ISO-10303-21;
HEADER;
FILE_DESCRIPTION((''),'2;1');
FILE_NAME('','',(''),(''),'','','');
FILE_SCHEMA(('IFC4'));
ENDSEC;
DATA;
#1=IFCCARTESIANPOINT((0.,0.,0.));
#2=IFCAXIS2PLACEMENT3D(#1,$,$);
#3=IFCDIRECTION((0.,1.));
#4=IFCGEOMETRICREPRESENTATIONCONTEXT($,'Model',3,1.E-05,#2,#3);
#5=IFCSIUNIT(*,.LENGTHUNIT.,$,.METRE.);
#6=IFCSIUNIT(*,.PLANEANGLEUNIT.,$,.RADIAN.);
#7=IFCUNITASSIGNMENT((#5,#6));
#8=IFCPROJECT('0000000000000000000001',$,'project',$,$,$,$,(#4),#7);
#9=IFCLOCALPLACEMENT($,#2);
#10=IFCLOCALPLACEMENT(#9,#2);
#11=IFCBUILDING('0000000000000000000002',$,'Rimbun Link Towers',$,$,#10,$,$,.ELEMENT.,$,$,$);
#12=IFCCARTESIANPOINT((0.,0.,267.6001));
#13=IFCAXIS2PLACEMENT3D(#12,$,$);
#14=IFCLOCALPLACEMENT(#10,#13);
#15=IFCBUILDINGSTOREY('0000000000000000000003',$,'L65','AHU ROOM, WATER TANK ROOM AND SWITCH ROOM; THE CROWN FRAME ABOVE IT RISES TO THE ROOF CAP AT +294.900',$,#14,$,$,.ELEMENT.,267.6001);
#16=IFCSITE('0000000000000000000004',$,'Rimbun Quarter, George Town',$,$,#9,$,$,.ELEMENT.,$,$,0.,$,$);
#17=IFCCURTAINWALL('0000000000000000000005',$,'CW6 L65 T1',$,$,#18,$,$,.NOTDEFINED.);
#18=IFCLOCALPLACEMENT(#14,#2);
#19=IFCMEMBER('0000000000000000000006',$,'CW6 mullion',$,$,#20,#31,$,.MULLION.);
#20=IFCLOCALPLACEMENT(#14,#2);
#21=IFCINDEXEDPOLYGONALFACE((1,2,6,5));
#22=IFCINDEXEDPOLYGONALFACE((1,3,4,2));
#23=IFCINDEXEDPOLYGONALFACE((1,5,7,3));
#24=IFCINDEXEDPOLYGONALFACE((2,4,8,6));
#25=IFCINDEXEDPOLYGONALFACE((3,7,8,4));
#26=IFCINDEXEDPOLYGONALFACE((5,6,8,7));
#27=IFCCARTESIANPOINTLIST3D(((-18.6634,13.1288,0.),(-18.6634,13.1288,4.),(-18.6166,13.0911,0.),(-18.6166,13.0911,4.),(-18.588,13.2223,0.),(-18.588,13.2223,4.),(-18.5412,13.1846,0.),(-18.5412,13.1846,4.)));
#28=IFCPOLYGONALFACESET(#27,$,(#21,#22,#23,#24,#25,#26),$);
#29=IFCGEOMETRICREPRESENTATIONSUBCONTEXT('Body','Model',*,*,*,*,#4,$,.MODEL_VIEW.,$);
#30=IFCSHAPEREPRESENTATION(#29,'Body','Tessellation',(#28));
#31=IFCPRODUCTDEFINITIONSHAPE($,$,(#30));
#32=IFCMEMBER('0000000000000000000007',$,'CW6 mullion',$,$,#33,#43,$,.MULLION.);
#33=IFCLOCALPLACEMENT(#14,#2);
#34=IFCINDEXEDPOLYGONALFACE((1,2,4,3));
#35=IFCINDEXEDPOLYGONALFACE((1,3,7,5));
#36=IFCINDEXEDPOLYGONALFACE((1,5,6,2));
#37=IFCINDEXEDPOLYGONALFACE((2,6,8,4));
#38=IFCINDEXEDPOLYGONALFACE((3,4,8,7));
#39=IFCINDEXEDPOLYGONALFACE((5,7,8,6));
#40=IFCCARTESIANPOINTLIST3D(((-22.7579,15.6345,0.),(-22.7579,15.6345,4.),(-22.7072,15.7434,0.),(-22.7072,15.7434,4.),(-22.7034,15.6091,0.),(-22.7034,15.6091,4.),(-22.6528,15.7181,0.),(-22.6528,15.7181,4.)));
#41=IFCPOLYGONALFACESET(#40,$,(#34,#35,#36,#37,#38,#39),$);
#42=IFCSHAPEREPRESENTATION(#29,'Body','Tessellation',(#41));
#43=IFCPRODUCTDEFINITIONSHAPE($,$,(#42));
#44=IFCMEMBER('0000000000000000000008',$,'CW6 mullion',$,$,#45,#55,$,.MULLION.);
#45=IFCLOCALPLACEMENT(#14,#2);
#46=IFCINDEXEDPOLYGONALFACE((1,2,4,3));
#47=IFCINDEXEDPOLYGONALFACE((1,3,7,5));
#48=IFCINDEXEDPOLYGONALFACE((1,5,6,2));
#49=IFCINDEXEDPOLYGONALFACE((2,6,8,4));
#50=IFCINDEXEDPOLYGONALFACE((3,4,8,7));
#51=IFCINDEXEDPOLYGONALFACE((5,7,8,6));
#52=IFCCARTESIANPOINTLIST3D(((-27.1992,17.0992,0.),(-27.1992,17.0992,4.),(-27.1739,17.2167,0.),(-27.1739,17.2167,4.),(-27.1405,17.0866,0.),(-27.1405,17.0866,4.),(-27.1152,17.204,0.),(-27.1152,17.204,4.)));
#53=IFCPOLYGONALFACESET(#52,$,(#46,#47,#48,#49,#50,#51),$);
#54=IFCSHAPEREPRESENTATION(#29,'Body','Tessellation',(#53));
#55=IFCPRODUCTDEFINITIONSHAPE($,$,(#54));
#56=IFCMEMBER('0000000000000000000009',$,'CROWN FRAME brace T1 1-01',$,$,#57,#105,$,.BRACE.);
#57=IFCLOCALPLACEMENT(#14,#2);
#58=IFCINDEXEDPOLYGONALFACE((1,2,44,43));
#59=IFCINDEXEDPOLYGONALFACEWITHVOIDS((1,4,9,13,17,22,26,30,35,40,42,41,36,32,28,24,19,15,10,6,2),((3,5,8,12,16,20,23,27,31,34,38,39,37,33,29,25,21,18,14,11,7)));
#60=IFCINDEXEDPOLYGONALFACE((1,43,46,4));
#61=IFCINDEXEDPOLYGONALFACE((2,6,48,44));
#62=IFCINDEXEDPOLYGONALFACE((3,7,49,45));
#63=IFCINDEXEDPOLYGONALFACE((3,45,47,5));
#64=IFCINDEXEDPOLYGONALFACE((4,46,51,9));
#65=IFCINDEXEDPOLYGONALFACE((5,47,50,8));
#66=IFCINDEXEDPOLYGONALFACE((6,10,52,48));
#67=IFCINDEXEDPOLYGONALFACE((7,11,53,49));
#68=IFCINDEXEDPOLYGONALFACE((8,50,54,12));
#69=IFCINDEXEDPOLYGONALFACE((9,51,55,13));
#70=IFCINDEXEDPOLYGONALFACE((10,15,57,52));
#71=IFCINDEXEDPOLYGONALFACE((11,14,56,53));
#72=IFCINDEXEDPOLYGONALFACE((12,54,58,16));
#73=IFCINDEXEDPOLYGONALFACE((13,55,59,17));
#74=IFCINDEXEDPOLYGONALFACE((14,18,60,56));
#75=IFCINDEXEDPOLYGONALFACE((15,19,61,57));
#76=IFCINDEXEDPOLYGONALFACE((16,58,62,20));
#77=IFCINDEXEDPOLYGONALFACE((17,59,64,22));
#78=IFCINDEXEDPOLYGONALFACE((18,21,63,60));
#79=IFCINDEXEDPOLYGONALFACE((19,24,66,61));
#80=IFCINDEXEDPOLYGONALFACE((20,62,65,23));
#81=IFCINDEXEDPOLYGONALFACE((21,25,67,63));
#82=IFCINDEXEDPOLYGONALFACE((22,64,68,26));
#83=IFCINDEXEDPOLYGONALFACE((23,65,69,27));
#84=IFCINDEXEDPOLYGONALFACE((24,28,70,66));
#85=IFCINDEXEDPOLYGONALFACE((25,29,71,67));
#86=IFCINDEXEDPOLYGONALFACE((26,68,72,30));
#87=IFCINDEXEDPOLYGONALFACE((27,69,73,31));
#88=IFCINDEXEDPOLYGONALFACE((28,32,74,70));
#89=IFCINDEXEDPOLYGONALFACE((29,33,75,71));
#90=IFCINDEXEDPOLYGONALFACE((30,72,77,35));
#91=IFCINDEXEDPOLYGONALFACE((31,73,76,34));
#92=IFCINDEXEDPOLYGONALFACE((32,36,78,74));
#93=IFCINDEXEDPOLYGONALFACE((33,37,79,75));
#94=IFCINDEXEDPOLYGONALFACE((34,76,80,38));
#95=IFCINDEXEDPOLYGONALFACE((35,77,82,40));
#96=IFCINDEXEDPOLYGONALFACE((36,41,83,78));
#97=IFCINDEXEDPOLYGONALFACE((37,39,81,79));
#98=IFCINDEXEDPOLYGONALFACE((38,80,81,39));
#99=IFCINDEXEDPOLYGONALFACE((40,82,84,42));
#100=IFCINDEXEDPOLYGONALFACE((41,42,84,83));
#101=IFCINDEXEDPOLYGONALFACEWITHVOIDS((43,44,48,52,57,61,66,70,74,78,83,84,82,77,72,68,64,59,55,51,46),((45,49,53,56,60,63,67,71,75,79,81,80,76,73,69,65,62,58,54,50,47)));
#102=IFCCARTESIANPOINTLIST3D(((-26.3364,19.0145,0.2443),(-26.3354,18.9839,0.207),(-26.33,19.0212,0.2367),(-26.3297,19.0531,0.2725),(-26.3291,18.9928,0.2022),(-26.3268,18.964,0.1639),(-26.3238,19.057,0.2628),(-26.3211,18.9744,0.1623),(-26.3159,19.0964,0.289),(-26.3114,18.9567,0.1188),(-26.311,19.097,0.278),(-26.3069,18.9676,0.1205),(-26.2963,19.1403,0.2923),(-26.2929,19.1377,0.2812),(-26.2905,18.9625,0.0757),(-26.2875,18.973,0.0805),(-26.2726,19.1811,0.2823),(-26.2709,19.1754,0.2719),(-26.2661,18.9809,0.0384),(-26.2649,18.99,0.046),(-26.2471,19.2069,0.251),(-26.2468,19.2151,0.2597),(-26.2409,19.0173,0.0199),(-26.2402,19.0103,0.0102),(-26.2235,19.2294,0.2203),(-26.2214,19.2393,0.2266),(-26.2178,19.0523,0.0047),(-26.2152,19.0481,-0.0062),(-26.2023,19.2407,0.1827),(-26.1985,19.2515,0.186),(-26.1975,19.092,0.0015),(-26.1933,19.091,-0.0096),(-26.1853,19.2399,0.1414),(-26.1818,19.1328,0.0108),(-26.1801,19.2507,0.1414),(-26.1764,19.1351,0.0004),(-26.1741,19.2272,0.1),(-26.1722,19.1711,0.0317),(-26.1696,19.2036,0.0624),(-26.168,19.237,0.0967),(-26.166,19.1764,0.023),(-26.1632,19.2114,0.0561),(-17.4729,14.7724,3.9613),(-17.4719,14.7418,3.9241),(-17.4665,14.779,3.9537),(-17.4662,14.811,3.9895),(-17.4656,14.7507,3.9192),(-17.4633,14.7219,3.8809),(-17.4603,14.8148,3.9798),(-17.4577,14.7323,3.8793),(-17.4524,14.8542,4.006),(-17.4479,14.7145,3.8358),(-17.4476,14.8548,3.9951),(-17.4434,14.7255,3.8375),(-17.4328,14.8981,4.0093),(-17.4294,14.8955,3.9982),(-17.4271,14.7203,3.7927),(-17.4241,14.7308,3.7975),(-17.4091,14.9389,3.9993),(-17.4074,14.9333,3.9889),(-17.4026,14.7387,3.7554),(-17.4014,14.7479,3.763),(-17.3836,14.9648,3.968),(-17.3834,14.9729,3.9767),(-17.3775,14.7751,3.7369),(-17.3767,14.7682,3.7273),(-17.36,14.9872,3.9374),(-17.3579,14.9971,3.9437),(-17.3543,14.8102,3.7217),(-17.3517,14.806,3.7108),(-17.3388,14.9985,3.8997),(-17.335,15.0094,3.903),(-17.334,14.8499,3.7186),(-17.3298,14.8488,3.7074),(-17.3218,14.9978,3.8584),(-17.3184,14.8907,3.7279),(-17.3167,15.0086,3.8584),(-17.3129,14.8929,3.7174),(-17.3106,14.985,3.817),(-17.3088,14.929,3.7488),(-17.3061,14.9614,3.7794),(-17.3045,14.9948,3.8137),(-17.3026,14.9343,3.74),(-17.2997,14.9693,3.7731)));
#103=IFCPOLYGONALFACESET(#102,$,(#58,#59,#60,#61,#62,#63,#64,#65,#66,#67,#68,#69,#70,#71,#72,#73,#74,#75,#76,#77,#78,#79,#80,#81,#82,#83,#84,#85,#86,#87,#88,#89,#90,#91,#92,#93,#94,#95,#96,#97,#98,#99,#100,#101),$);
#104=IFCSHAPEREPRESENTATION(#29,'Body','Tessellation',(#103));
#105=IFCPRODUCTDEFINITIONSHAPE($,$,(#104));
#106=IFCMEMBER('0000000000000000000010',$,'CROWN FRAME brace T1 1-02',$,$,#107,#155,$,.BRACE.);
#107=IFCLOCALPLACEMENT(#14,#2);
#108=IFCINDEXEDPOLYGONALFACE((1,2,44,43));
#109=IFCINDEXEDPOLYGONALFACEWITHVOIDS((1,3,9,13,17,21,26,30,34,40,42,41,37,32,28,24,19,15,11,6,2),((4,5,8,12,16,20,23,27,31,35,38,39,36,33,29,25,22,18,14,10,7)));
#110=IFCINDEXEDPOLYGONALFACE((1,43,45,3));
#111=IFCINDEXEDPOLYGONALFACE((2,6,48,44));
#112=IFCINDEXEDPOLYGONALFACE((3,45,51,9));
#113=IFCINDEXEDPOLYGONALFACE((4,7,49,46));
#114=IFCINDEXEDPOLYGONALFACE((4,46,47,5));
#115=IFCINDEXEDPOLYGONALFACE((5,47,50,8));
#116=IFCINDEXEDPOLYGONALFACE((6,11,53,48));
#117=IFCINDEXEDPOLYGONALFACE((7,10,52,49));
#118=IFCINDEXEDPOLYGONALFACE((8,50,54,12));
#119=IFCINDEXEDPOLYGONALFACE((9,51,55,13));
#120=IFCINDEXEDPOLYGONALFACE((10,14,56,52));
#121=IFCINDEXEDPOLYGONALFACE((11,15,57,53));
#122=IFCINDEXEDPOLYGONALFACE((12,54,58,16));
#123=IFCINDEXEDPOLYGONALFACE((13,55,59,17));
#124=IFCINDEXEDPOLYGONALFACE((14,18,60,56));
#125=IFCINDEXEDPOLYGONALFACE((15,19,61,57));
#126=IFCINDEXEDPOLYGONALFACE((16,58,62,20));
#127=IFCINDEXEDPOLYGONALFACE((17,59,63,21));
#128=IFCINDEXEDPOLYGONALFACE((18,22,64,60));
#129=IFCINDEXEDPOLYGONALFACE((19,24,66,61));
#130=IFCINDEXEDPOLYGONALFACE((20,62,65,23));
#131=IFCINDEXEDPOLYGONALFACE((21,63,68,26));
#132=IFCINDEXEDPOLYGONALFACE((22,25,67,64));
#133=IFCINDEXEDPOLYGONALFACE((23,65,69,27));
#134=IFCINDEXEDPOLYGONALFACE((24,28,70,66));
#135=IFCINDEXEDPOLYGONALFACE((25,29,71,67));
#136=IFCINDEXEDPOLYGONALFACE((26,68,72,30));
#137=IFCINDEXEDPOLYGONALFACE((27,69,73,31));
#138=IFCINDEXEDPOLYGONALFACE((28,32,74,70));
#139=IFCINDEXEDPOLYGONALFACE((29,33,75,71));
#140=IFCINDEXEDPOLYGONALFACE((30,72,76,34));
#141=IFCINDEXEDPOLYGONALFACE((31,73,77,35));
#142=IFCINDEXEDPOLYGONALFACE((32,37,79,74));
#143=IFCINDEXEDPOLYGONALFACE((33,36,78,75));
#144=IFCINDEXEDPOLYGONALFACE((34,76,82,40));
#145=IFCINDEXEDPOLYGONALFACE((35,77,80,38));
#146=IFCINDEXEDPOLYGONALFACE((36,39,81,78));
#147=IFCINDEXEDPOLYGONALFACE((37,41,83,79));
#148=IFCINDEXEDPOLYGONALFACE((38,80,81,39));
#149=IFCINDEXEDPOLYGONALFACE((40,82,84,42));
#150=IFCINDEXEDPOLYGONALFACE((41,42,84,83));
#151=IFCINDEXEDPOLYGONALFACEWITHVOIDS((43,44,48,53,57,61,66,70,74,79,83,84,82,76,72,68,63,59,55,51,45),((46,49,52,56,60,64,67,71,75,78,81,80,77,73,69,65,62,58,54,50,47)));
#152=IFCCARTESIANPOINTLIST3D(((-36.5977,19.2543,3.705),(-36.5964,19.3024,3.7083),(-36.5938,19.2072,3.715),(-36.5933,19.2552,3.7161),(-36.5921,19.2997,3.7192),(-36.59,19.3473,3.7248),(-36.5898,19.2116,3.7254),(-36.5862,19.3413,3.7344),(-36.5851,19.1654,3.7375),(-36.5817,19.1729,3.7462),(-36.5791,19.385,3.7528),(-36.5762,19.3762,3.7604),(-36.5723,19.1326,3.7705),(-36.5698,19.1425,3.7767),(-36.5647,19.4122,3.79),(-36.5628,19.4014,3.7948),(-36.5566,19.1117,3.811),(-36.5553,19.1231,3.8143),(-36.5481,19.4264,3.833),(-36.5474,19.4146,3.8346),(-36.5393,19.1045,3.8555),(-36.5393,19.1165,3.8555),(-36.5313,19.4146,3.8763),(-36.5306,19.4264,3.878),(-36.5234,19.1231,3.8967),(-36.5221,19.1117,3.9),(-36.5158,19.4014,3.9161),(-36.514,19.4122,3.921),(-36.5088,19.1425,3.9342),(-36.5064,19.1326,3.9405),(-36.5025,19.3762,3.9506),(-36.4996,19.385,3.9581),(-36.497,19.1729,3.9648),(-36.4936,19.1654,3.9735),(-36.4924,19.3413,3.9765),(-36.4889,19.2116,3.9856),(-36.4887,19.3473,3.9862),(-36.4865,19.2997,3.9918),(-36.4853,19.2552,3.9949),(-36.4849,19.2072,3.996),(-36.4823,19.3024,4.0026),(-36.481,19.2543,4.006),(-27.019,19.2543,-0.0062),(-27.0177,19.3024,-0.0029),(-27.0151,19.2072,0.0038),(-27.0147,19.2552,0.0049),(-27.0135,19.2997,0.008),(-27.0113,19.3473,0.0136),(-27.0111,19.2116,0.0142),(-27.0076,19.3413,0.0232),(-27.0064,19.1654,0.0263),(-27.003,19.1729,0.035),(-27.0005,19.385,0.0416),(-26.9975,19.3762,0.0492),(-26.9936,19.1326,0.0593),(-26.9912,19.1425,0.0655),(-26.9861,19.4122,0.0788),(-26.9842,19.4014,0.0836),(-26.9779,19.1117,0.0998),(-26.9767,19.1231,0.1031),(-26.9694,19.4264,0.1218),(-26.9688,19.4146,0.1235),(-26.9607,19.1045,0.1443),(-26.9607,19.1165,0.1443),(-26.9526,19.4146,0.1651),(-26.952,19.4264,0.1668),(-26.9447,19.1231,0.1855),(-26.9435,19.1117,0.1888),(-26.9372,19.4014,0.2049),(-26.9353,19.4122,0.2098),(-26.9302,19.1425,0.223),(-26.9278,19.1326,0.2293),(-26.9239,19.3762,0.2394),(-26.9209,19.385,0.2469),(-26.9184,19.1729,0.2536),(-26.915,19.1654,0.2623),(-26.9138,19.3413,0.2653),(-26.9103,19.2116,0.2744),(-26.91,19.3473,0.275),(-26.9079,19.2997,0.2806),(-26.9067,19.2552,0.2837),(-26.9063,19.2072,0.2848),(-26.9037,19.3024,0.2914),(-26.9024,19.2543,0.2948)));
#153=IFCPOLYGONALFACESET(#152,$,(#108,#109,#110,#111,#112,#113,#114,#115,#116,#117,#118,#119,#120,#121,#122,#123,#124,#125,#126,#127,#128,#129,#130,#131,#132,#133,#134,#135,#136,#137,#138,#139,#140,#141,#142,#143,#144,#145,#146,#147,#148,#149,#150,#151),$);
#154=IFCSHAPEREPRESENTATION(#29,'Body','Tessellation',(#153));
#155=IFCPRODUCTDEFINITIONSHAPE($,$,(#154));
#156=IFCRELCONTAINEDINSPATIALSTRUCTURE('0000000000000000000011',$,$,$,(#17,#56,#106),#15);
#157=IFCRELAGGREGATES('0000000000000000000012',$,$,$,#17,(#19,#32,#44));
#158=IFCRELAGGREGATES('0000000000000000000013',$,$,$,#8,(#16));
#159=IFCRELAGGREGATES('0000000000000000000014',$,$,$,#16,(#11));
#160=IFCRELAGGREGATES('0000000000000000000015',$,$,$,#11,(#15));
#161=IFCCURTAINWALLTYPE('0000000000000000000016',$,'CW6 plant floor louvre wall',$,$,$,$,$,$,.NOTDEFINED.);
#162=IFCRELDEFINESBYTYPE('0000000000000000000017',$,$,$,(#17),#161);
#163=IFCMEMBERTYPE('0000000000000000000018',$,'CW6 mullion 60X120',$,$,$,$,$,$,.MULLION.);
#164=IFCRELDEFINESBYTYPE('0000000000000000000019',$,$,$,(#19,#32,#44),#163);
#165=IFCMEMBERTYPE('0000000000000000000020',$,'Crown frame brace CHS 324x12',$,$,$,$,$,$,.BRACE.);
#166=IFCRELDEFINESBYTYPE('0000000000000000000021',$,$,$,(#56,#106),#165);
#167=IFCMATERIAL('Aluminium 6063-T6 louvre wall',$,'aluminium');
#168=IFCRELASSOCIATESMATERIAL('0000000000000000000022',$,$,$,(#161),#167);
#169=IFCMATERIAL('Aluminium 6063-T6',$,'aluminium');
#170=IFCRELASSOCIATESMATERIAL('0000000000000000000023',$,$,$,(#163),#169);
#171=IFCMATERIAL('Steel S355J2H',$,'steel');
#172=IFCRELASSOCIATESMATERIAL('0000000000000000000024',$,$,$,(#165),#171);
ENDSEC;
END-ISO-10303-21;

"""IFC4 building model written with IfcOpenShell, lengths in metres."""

from ifc_helpers import new_model, si_unit, direction, frame, origin, origin_2d, place, context, subcontext, project, spatial, rectangle, hollow_circle, extrude, material, material_profile, profile_set, type_object, element, aggregate, save


model = new_model("IFC4")

# Units and contexts
model_context = context("Model", 3, precision=1e-05, world=origin(), true_north=direction((0.0, 1.0)))
body_context = subcontext(model_context, "Body", "Model", "MODEL_VIEW")
ifc_project = project(units=[si_unit("LENGTHUNIT", "METRE"), si_unit("PLANEANGLEUNIT", "RADIAN")], contexts=[model_context])

# Site, building, storey
site_placement = place(None, origin())
site = spatial("IfcSite", under=ifc_project, at=site_placement, Name="Rimbun Quarter, George Town", CompositionType="ELEMENT", RefElevation=0.0)
building_placement = place(site_placement, origin())
building = spatial("IfcBuilding", under=site, at=building_placement, Name="Rimbun Link Towers", CompositionType="ELEMENT")
storey_placement = place(building_placement, frame((0.0, 0.0, 267.6001)))
storey = spatial("IfcBuildingStorey", under=building, at=storey_placement, Name="L65", Description="AHU ROOM, WATER TANK ROOM AND SWITCH ROOM; THE CROWN FRAME ABOVE IT RISES TO THE ROOF CAP AT +294.900", CompositionType="ELEMENT", Elevation=267.6001)

# Curtain wall, members
ifc_material_1 = material(Name="Aluminium 6063-T6 louvre wall", Category="aluminium")
curtain_wall_type = type_object("IfcCurtainWallType", Name="CW6 plant floor louvre wall", PredefinedType="NOTDEFINED", material=ifc_material_1)
curtain_wall_placement = place(storey_placement, origin())
curtain_wall = element("IfcCurtainWall", 1, at=curtain_wall_placement, inside=storey, type_object=curtain_wall_type, Name="CW6 L65 T1", PredefinedType="NOTDEFINED")
ifc_material_2 = material(Name="Aluminium 6063-T6", Category="aluminium")
ifc_material_profile_1 = material_profile(ifc_material_2, rectangle(XDim=0.1201, YDim=0.0601, at=origin_2d()), Name="MULLION 60X120")
ifc_profile_set_1 = profile_set([ifc_material_profile_1], Name="Aluminium 6063-T6")
member_type_1 = type_object("IfcMemberType", Name="CW6 mullion 60X120", PredefinedType="MULLION", material=ifc_profile_set_1)
member_1_placement = place(storey_placement, frame((-18.6023, 13.1567, 0.0), z_axis=(0.0, 0.0, 1.0), x_axis=(0.627674, 0.778476, 0.0)))
member_1 = element("IfcMember", 2, at=member_1_placement, type_object=member_type_1, Name="CW6 mullion", PredefinedType="MULLION", context=body_context, shape_type="SweptSolid", body=[
    extrude(rectangle(XDim=0.1201, YDim=0.0601, at=origin_2d()), origin(), (0.0, 0.0, 1.0), 4.0),
])
member_2_placement = place(storey_placement, frame((-22.7053, 15.6763, 0.0), z_axis=(0.0, 0.0, 1.0), x_axis=(0.421709, 0.906731, 0.0)))
member_2 = element("IfcMember", 3, at=member_2_placement, type_object=member_type_1, Name="CW6 mullion", PredefinedType="MULLION", context=body_context, shape_type="SweptSolid", body=[
    extrude(rectangle(XDim=0.1201, YDim=0.0601, at=origin_2d()), origin(), (0.0, 0.0, 1.0), 4.0),
])
member_3_placement = place(storey_placement, frame((-27.1572, 17.1516, 0.0), z_axis=(0.0, 0.0, 1.0), x_axis=(0.210863, 0.977516, 0.0)))
member_3 = element("IfcMember", 4, at=member_3_placement, type_object=member_type_1, Name="CW6 mullion", PredefinedType="MULLION", context=body_context, shape_type="SweptSolid", body=[
    extrude(rectangle(XDim=0.1201, YDim=0.0601, at=origin_2d()), origin(), (0.0, 0.0, 1.0), 4.0),
])

# Members
ifc_material_3 = material(Name="Steel S355J2H", Category="steel")
ifc_material_profile_2 = material_profile(ifc_material_3, hollow_circle(Radius=0.1619, WallThickness=0.012, at=origin_2d()), Name="Crown frame brace CHS 324x12")
ifc_profile_set_2 = profile_set([ifc_material_profile_2], Name="Steel S355J2H")
member_type_2 = type_object("IfcMemberType", Name="Crown frame brace CHS 324x12", PredefinedType="BRACE", material=ifc_profile_set_2)
member_4_placement = place(storey_placement, frame((-26.25, 19.1047, 0.1414), z_axis=(0.843669, -0.40379, 0.353804), x_axis=(0.431713, 0.902011, 0.0)))
element("IfcMember", 5, at=member_4_placement, inside=storey, type_object=member_type_2, Name="CROWN FRAME brace T1 1-01", PredefinedType="BRACE", context=body_context, shape_type="SweptSolid", body=[
    extrude(hollow_circle(Radius=0.1619, WallThickness=0.012, at=origin_2d()), origin(), (0.0, 0.0, 1.0), 10.5059),
])
member_5_placement = place(storey_placement, frame((-26.9607, 19.2664, 0.1443), z_axis=(-0.932459, 0.0, 0.361276), x_axis=(0.0, -1.0, 0.0)))
element("IfcMember", 6, at=member_5_placement, inside=storey, type_object=member_type_2, Name="CROWN FRAME brace T1 1-02", PredefinedType="BRACE", context=body_context, shape_type="SweptSolid", body=[
    extrude(hollow_circle(Radius=0.1619, WallThickness=0.012, at=origin_2d()), origin(), (0.0, 0.0, 1.0), 10.2725),
])

aggregate(curtain_wall, [member_1, member_2, member_3])

save(model, "model.ifc")
